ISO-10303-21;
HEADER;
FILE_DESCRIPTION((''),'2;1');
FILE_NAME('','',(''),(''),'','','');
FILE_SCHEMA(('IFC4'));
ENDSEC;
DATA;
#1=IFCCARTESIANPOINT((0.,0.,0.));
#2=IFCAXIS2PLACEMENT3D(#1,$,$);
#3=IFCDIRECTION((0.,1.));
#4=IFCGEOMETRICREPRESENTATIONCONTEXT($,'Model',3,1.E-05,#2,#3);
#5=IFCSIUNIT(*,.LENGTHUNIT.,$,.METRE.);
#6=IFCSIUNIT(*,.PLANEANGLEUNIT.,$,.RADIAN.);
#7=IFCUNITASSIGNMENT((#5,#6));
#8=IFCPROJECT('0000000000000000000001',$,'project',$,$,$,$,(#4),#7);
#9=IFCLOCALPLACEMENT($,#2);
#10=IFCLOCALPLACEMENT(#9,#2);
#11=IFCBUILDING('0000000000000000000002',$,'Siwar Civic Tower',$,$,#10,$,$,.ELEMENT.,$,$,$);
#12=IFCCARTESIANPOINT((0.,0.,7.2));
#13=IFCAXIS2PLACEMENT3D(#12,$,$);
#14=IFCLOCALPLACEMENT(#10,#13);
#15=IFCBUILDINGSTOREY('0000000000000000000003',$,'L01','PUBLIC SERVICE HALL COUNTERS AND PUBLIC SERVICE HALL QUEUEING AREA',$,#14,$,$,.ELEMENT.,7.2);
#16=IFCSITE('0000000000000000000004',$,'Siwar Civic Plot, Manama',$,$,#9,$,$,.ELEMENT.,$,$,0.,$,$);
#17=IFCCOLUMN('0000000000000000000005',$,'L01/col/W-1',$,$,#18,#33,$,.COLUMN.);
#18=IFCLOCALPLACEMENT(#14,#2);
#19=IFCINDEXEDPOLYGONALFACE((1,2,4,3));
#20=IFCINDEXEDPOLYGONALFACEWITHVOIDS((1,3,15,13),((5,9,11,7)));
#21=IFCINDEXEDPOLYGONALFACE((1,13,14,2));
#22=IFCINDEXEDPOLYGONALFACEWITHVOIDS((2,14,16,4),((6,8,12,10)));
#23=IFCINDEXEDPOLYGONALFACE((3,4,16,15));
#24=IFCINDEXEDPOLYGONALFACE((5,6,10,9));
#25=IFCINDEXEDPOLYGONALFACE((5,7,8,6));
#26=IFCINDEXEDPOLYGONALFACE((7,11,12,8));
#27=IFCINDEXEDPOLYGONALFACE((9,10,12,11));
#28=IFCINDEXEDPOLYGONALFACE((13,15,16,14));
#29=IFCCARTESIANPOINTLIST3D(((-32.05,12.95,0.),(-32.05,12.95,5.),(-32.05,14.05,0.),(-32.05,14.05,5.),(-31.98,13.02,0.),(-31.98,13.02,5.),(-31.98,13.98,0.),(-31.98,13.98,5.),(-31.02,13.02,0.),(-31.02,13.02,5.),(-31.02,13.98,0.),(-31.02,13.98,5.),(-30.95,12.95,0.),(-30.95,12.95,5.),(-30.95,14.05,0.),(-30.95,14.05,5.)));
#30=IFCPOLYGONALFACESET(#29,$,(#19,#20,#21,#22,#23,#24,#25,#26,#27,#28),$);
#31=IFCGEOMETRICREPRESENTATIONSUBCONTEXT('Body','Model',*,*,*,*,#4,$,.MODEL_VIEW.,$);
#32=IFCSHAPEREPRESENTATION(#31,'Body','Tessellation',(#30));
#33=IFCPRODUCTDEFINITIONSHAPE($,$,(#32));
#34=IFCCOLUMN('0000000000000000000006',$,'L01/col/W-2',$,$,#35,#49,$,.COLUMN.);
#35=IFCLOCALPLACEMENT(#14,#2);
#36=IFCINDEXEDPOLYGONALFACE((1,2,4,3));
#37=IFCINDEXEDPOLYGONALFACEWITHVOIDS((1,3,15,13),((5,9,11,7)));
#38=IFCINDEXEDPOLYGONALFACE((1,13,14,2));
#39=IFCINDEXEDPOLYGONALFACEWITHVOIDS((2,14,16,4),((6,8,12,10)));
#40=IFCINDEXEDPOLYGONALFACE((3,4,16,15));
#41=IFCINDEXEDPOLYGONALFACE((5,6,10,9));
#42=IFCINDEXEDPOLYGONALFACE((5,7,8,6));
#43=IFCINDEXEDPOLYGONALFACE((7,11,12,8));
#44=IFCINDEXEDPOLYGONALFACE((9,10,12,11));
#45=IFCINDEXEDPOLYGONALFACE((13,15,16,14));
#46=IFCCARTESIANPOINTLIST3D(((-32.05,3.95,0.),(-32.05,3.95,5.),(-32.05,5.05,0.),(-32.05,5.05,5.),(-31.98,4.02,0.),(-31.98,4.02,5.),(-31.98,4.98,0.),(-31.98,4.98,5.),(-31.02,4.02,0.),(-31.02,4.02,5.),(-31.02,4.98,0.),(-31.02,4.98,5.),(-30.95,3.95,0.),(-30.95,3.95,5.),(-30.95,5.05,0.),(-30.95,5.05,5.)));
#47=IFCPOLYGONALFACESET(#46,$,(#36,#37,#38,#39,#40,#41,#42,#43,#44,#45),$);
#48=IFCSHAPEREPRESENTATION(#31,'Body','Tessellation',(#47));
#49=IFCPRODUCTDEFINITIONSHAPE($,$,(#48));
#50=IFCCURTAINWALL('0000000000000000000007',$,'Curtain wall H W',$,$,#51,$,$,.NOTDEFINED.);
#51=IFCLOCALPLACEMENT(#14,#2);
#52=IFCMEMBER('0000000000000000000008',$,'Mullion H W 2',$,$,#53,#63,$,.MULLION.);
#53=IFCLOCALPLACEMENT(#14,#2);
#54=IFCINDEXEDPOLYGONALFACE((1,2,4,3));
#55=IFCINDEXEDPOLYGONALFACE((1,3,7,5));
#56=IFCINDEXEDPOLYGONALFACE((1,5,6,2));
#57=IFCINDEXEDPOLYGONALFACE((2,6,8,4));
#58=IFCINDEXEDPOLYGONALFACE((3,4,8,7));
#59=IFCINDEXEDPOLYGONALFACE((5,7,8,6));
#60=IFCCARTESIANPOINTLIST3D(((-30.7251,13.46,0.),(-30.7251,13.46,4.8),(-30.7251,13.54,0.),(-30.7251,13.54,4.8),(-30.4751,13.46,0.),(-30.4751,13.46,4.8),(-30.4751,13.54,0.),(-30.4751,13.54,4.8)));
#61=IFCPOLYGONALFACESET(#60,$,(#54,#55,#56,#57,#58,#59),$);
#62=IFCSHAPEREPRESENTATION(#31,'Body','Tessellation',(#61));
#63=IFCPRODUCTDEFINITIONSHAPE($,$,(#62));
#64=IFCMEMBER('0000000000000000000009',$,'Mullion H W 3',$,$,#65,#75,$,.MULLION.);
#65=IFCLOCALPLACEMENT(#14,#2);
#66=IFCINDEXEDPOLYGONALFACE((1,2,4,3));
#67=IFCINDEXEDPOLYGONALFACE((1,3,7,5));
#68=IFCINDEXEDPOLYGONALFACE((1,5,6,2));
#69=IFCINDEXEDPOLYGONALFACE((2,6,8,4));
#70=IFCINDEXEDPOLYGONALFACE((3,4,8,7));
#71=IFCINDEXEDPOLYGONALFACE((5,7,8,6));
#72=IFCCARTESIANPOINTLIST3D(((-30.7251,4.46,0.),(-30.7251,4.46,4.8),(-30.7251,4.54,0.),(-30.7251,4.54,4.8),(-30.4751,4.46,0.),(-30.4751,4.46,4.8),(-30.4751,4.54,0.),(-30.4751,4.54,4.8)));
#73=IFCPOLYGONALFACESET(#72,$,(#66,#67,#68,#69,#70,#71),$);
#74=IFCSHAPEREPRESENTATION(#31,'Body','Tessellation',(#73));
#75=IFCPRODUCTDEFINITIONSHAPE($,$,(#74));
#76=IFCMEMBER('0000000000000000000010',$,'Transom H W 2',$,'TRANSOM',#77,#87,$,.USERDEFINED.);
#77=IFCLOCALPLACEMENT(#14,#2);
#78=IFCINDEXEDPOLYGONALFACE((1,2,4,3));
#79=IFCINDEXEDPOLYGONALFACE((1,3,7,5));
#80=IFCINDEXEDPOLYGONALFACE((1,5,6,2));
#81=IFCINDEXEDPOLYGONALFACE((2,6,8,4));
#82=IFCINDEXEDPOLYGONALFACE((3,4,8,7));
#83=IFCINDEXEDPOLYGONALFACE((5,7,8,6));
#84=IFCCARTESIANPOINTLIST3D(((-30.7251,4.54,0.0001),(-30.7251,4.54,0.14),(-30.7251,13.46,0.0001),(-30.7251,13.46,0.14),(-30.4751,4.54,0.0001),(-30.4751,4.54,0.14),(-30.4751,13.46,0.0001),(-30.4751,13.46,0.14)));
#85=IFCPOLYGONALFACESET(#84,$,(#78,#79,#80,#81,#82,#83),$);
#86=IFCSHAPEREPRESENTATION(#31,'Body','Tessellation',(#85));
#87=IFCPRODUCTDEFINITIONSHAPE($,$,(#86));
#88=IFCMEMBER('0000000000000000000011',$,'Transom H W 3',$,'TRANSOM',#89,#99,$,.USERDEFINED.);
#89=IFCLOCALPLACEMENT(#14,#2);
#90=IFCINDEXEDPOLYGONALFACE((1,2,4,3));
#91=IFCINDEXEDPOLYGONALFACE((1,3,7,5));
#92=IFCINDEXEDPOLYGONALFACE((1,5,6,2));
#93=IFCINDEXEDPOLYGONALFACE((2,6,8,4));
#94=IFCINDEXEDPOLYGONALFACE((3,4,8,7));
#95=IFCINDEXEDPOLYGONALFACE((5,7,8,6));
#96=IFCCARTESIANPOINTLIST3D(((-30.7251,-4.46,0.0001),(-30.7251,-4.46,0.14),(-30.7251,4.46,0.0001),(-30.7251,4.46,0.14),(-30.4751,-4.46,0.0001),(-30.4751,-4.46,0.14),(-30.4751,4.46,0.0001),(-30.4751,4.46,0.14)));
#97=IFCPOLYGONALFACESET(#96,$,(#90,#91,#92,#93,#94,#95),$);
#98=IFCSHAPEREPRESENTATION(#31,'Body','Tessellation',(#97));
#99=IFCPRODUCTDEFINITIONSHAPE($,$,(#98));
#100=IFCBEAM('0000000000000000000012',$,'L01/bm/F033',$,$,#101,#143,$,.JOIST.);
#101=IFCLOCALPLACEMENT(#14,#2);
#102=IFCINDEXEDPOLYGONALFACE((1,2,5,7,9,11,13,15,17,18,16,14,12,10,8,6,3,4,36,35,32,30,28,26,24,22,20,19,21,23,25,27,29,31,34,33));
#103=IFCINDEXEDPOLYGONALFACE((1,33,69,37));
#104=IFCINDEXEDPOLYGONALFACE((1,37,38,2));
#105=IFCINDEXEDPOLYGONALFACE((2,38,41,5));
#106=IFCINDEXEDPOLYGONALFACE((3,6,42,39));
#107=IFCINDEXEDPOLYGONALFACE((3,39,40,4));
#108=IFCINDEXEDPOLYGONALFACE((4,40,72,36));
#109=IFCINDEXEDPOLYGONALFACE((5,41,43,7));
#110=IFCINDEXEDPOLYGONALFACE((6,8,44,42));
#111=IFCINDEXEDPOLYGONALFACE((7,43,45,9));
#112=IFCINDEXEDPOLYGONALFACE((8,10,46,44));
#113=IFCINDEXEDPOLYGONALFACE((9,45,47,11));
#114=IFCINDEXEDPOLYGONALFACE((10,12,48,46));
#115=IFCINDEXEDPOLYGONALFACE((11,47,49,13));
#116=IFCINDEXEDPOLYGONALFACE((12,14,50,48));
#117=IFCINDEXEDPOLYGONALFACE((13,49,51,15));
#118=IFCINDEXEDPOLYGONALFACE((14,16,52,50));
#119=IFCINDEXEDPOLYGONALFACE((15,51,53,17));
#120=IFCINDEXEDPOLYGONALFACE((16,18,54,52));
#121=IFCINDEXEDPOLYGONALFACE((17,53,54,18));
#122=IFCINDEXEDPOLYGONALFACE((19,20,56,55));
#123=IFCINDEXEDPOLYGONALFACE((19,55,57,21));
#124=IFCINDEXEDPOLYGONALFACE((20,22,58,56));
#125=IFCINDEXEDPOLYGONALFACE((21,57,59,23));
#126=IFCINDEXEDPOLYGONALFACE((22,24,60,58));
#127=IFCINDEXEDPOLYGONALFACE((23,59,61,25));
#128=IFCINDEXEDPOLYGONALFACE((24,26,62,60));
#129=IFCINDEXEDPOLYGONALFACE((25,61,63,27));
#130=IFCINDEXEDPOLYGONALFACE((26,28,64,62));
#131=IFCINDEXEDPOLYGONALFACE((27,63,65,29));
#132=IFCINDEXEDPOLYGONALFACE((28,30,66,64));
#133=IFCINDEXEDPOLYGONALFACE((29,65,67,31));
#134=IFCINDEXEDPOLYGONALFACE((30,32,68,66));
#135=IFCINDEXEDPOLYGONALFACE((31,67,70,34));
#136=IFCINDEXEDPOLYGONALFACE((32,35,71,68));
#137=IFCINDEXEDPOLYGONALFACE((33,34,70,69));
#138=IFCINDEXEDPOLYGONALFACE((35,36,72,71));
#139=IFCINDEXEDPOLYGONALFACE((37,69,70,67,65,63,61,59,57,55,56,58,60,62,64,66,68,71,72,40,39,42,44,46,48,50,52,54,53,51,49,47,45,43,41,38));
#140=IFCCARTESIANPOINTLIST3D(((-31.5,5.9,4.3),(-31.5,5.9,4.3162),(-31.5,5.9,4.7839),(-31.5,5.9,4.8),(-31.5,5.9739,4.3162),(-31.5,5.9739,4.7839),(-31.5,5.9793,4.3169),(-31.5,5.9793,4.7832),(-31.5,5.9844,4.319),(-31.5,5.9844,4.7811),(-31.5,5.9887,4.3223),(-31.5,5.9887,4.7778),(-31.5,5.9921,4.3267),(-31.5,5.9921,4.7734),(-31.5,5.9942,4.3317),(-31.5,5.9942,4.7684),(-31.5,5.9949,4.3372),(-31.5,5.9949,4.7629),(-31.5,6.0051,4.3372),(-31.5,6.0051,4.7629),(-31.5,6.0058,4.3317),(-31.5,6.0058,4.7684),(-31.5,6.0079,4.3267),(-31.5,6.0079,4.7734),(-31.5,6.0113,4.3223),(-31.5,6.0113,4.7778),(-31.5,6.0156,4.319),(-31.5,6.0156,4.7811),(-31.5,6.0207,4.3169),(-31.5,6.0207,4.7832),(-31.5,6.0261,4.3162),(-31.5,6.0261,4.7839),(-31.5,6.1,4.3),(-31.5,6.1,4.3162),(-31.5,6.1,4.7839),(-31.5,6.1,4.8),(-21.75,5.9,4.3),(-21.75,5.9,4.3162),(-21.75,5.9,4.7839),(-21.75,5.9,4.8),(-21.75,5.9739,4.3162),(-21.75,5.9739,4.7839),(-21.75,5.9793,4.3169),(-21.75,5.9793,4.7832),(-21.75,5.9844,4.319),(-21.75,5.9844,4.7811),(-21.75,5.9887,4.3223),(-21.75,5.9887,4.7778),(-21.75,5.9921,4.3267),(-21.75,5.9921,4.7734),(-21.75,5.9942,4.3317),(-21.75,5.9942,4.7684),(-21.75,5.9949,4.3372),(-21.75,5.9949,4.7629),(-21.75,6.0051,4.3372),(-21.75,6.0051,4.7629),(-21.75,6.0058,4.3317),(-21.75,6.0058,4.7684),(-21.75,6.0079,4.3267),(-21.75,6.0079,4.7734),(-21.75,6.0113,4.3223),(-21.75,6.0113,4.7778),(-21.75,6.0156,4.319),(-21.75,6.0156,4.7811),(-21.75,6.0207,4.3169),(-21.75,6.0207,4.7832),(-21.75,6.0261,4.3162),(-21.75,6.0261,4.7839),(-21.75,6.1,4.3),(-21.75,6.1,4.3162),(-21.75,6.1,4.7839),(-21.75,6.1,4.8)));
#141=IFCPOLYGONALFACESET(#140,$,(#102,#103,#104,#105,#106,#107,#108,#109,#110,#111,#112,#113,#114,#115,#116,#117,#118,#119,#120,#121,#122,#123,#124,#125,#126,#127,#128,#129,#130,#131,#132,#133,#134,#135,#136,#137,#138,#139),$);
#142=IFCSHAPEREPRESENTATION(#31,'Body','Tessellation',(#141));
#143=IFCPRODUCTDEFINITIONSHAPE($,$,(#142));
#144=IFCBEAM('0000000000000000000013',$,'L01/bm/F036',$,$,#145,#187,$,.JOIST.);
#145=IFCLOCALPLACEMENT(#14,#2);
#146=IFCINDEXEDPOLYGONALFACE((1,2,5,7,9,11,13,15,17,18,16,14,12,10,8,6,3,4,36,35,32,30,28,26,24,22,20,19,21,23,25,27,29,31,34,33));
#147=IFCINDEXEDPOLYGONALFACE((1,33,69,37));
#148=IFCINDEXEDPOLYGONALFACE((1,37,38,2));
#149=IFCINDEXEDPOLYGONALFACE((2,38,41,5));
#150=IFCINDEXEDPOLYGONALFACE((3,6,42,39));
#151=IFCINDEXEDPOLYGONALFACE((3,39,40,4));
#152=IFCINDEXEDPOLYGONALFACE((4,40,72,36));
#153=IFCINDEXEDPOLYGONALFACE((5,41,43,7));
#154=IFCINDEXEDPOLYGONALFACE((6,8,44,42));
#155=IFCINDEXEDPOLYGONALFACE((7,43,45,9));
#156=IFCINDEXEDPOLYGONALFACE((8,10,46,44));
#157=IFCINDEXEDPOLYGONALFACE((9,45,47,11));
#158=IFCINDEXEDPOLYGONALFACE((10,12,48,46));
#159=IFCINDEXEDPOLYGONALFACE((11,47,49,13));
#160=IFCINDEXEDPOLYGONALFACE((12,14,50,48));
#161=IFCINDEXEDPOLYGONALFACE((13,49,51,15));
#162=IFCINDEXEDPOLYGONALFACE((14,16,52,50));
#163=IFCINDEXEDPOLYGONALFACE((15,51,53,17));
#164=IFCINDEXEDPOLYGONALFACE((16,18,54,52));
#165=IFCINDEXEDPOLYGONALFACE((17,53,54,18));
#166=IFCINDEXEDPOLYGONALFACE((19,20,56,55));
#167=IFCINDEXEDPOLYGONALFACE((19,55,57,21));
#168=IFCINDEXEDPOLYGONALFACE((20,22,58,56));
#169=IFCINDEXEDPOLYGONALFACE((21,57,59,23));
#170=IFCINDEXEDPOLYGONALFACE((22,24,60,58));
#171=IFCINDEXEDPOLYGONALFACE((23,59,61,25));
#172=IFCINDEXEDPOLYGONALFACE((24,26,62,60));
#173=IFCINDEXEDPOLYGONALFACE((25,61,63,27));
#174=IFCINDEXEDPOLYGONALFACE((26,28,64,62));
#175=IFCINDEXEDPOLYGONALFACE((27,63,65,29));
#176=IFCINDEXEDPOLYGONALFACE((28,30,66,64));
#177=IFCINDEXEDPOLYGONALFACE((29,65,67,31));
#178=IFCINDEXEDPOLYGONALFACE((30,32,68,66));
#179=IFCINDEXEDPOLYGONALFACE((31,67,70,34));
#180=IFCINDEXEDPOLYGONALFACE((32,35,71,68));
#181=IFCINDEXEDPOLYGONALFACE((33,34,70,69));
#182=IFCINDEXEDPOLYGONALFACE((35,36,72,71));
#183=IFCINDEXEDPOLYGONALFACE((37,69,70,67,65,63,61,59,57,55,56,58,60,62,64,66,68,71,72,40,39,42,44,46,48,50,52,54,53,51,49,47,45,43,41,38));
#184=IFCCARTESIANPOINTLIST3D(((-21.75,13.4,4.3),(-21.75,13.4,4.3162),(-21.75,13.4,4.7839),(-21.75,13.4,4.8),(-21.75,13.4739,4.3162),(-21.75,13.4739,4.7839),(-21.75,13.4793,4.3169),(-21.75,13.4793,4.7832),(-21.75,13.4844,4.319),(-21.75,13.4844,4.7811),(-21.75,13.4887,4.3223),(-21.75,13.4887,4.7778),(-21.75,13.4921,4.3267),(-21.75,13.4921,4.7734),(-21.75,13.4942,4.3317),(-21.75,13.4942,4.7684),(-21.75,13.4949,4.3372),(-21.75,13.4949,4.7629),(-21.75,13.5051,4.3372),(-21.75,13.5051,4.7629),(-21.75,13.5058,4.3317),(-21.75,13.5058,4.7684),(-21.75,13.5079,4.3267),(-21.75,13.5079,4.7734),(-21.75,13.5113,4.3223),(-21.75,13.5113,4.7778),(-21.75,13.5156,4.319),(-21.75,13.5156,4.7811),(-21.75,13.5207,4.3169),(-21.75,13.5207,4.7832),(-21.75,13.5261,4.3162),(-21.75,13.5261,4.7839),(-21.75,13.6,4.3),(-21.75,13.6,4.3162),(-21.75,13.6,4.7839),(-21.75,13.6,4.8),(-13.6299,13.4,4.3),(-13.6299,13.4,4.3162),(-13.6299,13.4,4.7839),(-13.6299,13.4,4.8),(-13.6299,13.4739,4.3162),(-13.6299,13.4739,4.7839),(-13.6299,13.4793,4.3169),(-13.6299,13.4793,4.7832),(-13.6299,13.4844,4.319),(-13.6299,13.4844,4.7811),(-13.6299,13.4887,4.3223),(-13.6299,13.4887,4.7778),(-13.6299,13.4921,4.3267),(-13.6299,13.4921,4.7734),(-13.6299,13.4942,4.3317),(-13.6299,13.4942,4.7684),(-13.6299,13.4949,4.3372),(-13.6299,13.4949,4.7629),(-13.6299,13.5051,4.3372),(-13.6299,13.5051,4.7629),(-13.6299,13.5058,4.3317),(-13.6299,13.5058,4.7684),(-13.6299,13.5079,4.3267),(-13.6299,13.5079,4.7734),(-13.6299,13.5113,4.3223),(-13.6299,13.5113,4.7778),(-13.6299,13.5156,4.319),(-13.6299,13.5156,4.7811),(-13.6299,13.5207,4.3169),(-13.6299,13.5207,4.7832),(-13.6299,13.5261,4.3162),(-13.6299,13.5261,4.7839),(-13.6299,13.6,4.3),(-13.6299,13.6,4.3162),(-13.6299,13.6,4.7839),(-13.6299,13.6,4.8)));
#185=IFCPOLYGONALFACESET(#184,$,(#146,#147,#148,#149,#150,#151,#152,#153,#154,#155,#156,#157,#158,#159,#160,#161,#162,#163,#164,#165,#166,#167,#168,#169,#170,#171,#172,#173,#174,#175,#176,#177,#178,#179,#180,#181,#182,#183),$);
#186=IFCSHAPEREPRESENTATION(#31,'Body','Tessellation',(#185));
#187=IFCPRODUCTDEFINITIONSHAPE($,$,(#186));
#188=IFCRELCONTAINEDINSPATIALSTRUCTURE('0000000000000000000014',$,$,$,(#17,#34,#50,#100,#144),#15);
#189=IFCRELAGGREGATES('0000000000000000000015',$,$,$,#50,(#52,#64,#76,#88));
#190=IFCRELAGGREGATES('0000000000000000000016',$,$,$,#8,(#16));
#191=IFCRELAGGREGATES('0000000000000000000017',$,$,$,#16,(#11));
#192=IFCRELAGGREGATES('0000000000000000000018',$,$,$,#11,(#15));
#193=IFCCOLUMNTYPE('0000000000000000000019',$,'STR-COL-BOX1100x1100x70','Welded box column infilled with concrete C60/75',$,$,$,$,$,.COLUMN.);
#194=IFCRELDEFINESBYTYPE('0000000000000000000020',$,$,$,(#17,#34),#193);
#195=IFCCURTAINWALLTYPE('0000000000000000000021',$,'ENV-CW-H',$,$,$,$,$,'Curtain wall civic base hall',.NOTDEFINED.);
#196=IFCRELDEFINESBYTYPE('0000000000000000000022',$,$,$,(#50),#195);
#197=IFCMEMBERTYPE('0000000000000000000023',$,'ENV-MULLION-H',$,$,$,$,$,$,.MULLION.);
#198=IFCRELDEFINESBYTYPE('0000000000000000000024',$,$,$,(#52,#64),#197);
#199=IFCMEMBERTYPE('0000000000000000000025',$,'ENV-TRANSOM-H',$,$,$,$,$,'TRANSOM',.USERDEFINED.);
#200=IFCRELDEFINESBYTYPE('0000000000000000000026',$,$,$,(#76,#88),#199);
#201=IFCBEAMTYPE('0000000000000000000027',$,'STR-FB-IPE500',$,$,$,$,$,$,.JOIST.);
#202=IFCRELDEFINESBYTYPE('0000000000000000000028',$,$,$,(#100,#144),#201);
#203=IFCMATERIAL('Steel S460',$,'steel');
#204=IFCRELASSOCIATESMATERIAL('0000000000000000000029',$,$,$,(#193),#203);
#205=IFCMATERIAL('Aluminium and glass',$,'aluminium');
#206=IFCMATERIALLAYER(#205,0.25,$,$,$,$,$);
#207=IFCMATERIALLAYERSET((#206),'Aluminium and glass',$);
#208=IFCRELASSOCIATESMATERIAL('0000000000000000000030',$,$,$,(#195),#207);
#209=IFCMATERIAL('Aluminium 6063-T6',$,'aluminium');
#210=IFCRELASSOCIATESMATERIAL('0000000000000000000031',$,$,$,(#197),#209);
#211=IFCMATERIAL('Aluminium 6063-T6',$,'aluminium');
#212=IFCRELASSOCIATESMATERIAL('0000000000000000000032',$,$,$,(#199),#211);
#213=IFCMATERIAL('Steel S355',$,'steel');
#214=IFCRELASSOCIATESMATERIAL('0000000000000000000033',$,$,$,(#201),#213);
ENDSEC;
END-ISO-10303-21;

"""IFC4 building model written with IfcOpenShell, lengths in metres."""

from ifc_helpers import new_model, si_unit, direction, frame, origin, origin_2d, place, context, subcontext, project, spatial, rectangle, hollow_rectangle, i_section, extrude, material, layer, layer_set, material_profile, profile_set, type_object, element, aggregate, save


model = new_model("IFC4")

# Units and contexts
model_context = context("Model", 3, precision=1e-05, world=origin(), true_north=direction((0.0, 1.0)))
body_context = subcontext(model_context, "Body", "Model", "MODEL_VIEW")
ifc_project = project(units=[si_unit("LENGTHUNIT", "METRE"), si_unit("PLANEANGLEUNIT", "RADIAN")], contexts=[model_context])

# Site, building, storey
site_placement = place(None, origin())
site = spatial("IfcSite", under=ifc_project, at=site_placement, Name="Siwar Civic Plot, Manama", CompositionType="ELEMENT", RefElevation=0.0)
building_placement = place(site_placement, origin())
building = spatial("IfcBuilding", under=site, at=building_placement, Name="Siwar Civic Tower", CompositionType="ELEMENT")
storey_placement = place(building_placement, frame((0.0, 0.0, 7.2)))
storey = spatial("IfcBuildingStorey", under=building, at=storey_placement, Name="L01", Description="PUBLIC SERVICE HALL COUNTERS AND PUBLIC SERVICE HALL QUEUEING AREA", CompositionType="ELEMENT", Elevation=7.2)

# Columns
ifc_material_1 = material(Name="Steel S460", Category="steel")
ifc_material_profile_1 = material_profile(ifc_material_1, hollow_rectangle(XDim=1.1001, YDim=1.1001, WallThickness=0.0701, at=origin_2d()), Name="BOX1100x1100x70")
ifc_profile_set_1 = profile_set([ifc_material_profile_1], Name="Steel S460")
column_type = type_object("IfcColumnType", Name="STR-COL-BOX1100x1100x70", Description="Welded box column infilled with concrete C60/75", PredefinedType="COLUMN", material=ifc_profile_set_1)
for number, where, z_axis, x_axis, name in (
    (1, (-31.5, 13.5, 0.0), (0.0, 0.0, 1.0), (1.0, 0.0, 0.0), "L01/col/W-1"),
    (2, (-31.5, 4.5, 0.0), (0.0, 0.0, 1.0), (1.0, 0.0, 0.0), "L01/col/W-2"),
):
    element("IfcColumn", number, at=place(storey_placement, frame(where, z_axis=z_axis, x_axis=x_axis)), inside=storey, type_object=column_type, Name=name, PredefinedType="COLUMN", context=body_context, shape_type="SweptSolid", body=[
        extrude(hollow_rectangle(XDim=1.1001, YDim=1.1001, WallThickness=0.0701, at=origin_2d()), origin(), (0.0, 0.0, 1.0), 5.0),
    ])

# Curtain wall, members
ifc_material_2 = material(Name="Aluminium and glass", Category="aluminium")
ifc_layer_1 = layer(ifc_material_2, 0.25)
ifc_layer_set_1 = layer_set([ifc_layer_1], Name="Aluminium and glass")
curtain_wall_type = type_object("IfcCurtainWallType", Name="ENV-CW-H", ElementType="Curtain wall civic base hall", PredefinedType="NOTDEFINED", material=ifc_layer_set_1)
curtain_wall_placement = place(storey_placement, origin())
curtain_wall = element("IfcCurtainWall", 3, at=curtain_wall_placement, inside=storey, type_object=curtain_wall_type, Name="Curtain wall H W", PredefinedType="NOTDEFINED")
ifc_material_3 = material(Name="Aluminium 6063-T6", Category="aluminium")
ifc_material_profile_2 = material_profile(ifc_material_3, rectangle(XDim=0.25, YDim=0.0801, at=origin_2d()), Name="AL 250x80")
ifc_profile_set_2 = profile_set([ifc_material_profile_2], Name="Aluminium 6063-T6")
member_type_1 = type_object("IfcMemberType", Name="ENV-MULLION-H", PredefinedType="MULLION", material=ifc_profile_set_2)
member_1_placement = place(storey_placement, frame((-30.6001, 13.5, 0.0), z_axis=(0.0, 0.0, 1.0), x_axis=(1.0, 0.0, 0.0)))
member_1 = element("IfcMember", 4, at=member_1_placement, type_object=member_type_1, Name="Mullion H W 2", PredefinedType="MULLION", context=body_context, shape_type="SweptSolid", body=[
    extrude(rectangle(XDim=0.25, YDim=0.0801, at=origin_2d()), origin(), (0.0, 0.0, 1.0), 4.8),
])
member_2_placement = place(storey_placement, frame((-30.6001, 4.5, 0.0), z_axis=(0.0, 0.0, 1.0), x_axis=(1.0, 0.0, 0.0)))
member_2 = element("IfcMember", 5, at=member_2_placement, type_object=member_type_1, Name="Mullion H W 3", PredefinedType="MULLION", context=body_context, shape_type="SweptSolid", body=[
    extrude(rectangle(XDim=0.25, YDim=0.0801, at=origin_2d()), origin(), (0.0, 0.0, 1.0), 4.8),
])
ifc_material_4 = material(Name="Aluminium 6063-T6", Category="aluminium")
ifc_material_profile_3 = material_profile(ifc_material_4, rectangle(XDim=0.25, YDim=0.1399, at=origin_2d()), Name="AL 250x140")
ifc_profile_set_3 = profile_set([ifc_material_profile_3], Name="Aluminium 6063-T6")
member_type_2 = type_object("IfcMemberType", Name="ENV-TRANSOM-H", ElementType="TRANSOM", PredefinedType="USERDEFINED", material=ifc_profile_set_3)
member_3_placement = place(storey_placement, frame((-30.6001, 13.46, 0.0701), z_axis=(0.0, -1.0, 0.0), x_axis=(1.0, 0.0, 0.0)))
member_3 = element("IfcMember", 6, at=member_3_placement, type_object=member_type_2, Name="Transom H W 2", ObjectType="TRANSOM", PredefinedType="USERDEFINED", context=body_context, shape_type="SweptSolid", body=[
    extrude(rectangle(XDim=0.25, YDim=0.1399, at=origin_2d()), origin(), (0.0, 0.0, 1.0), 8.9199),
])
member_4_placement = place(storey_placement, frame((-30.6001, 4.46, 0.0701), z_axis=(0.0, -1.0, 0.0), x_axis=(1.0, 0.0, 0.0)))
member_4 = element("IfcMember", 7, at=member_4_placement, type_object=member_type_2, Name="Transom H W 3", ObjectType="TRANSOM", PredefinedType="USERDEFINED", context=body_context, shape_type="SweptSolid", body=[
    extrude(rectangle(XDim=0.25, YDim=0.1399, at=origin_2d()), origin(), (0.0, 0.0, 1.0), 8.9199),
])

# Beams
ifc_material_5 = material(Name="Steel S355", Category="steel")
ifc_material_profile_4 = material_profile(ifc_material_5, i_section(OverallWidth=0.2, OverallDepth=0.5, WebThickness=0.0103, FlangeThickness=0.0161, FilletRadius=0.021, at=origin_2d()), Name="IPE500")
ifc_profile_set_4 = profile_set([ifc_material_profile_4], Name="Steel S355")
beam_type_1 = type_object("IfcBeamType", Name="STR-FB-IPE500", PredefinedType="JOIST", material=ifc_profile_set_4)
beam_1_placement = place(storey_placement, frame((-31.5, 6.0, 4.55), z_axis=(1.0, 0.0, 0.0), x_axis=(0.0, 1.0, 0.0)))
element("IfcBeam", 8, at=beam_1_placement, inside=storey, type_object=beam_type_1, Name="L01/bm/F033", PredefinedType="JOIST", context=body_context, shape_type="SweptSolid", body=[
    extrude(i_section(OverallWidth=0.2, OverallDepth=0.5, WebThickness=0.0103, FlangeThickness=0.0161, FilletRadius=0.021, at=origin_2d()), origin(), (0.0, 0.0, 1.0), 9.75),
])
beam_2_placement = place(storey_placement, frame((-21.75, 13.5, 4.55), z_axis=(1.0, 0.0, 0.0), x_axis=(0.0, 1.0, 0.0)))
element("IfcBeam", 9, at=beam_2_placement, inside=storey, type_object=beam_type_1, Name="L01/bm/F036", PredefinedType="JOIST", context=body_context, shape_type="SweptSolid", body=[
    extrude(i_section(OverallWidth=0.2, OverallDepth=0.5, WebThickness=0.0103, FlangeThickness=0.0161, FilletRadius=0.021, at=origin_2d()), origin(), (0.0, 0.0, 1.0), 8.1201),
])

aggregate(curtain_wall, [member_1, member_2, member_3, member_4])

save(model, "model.ifc")
